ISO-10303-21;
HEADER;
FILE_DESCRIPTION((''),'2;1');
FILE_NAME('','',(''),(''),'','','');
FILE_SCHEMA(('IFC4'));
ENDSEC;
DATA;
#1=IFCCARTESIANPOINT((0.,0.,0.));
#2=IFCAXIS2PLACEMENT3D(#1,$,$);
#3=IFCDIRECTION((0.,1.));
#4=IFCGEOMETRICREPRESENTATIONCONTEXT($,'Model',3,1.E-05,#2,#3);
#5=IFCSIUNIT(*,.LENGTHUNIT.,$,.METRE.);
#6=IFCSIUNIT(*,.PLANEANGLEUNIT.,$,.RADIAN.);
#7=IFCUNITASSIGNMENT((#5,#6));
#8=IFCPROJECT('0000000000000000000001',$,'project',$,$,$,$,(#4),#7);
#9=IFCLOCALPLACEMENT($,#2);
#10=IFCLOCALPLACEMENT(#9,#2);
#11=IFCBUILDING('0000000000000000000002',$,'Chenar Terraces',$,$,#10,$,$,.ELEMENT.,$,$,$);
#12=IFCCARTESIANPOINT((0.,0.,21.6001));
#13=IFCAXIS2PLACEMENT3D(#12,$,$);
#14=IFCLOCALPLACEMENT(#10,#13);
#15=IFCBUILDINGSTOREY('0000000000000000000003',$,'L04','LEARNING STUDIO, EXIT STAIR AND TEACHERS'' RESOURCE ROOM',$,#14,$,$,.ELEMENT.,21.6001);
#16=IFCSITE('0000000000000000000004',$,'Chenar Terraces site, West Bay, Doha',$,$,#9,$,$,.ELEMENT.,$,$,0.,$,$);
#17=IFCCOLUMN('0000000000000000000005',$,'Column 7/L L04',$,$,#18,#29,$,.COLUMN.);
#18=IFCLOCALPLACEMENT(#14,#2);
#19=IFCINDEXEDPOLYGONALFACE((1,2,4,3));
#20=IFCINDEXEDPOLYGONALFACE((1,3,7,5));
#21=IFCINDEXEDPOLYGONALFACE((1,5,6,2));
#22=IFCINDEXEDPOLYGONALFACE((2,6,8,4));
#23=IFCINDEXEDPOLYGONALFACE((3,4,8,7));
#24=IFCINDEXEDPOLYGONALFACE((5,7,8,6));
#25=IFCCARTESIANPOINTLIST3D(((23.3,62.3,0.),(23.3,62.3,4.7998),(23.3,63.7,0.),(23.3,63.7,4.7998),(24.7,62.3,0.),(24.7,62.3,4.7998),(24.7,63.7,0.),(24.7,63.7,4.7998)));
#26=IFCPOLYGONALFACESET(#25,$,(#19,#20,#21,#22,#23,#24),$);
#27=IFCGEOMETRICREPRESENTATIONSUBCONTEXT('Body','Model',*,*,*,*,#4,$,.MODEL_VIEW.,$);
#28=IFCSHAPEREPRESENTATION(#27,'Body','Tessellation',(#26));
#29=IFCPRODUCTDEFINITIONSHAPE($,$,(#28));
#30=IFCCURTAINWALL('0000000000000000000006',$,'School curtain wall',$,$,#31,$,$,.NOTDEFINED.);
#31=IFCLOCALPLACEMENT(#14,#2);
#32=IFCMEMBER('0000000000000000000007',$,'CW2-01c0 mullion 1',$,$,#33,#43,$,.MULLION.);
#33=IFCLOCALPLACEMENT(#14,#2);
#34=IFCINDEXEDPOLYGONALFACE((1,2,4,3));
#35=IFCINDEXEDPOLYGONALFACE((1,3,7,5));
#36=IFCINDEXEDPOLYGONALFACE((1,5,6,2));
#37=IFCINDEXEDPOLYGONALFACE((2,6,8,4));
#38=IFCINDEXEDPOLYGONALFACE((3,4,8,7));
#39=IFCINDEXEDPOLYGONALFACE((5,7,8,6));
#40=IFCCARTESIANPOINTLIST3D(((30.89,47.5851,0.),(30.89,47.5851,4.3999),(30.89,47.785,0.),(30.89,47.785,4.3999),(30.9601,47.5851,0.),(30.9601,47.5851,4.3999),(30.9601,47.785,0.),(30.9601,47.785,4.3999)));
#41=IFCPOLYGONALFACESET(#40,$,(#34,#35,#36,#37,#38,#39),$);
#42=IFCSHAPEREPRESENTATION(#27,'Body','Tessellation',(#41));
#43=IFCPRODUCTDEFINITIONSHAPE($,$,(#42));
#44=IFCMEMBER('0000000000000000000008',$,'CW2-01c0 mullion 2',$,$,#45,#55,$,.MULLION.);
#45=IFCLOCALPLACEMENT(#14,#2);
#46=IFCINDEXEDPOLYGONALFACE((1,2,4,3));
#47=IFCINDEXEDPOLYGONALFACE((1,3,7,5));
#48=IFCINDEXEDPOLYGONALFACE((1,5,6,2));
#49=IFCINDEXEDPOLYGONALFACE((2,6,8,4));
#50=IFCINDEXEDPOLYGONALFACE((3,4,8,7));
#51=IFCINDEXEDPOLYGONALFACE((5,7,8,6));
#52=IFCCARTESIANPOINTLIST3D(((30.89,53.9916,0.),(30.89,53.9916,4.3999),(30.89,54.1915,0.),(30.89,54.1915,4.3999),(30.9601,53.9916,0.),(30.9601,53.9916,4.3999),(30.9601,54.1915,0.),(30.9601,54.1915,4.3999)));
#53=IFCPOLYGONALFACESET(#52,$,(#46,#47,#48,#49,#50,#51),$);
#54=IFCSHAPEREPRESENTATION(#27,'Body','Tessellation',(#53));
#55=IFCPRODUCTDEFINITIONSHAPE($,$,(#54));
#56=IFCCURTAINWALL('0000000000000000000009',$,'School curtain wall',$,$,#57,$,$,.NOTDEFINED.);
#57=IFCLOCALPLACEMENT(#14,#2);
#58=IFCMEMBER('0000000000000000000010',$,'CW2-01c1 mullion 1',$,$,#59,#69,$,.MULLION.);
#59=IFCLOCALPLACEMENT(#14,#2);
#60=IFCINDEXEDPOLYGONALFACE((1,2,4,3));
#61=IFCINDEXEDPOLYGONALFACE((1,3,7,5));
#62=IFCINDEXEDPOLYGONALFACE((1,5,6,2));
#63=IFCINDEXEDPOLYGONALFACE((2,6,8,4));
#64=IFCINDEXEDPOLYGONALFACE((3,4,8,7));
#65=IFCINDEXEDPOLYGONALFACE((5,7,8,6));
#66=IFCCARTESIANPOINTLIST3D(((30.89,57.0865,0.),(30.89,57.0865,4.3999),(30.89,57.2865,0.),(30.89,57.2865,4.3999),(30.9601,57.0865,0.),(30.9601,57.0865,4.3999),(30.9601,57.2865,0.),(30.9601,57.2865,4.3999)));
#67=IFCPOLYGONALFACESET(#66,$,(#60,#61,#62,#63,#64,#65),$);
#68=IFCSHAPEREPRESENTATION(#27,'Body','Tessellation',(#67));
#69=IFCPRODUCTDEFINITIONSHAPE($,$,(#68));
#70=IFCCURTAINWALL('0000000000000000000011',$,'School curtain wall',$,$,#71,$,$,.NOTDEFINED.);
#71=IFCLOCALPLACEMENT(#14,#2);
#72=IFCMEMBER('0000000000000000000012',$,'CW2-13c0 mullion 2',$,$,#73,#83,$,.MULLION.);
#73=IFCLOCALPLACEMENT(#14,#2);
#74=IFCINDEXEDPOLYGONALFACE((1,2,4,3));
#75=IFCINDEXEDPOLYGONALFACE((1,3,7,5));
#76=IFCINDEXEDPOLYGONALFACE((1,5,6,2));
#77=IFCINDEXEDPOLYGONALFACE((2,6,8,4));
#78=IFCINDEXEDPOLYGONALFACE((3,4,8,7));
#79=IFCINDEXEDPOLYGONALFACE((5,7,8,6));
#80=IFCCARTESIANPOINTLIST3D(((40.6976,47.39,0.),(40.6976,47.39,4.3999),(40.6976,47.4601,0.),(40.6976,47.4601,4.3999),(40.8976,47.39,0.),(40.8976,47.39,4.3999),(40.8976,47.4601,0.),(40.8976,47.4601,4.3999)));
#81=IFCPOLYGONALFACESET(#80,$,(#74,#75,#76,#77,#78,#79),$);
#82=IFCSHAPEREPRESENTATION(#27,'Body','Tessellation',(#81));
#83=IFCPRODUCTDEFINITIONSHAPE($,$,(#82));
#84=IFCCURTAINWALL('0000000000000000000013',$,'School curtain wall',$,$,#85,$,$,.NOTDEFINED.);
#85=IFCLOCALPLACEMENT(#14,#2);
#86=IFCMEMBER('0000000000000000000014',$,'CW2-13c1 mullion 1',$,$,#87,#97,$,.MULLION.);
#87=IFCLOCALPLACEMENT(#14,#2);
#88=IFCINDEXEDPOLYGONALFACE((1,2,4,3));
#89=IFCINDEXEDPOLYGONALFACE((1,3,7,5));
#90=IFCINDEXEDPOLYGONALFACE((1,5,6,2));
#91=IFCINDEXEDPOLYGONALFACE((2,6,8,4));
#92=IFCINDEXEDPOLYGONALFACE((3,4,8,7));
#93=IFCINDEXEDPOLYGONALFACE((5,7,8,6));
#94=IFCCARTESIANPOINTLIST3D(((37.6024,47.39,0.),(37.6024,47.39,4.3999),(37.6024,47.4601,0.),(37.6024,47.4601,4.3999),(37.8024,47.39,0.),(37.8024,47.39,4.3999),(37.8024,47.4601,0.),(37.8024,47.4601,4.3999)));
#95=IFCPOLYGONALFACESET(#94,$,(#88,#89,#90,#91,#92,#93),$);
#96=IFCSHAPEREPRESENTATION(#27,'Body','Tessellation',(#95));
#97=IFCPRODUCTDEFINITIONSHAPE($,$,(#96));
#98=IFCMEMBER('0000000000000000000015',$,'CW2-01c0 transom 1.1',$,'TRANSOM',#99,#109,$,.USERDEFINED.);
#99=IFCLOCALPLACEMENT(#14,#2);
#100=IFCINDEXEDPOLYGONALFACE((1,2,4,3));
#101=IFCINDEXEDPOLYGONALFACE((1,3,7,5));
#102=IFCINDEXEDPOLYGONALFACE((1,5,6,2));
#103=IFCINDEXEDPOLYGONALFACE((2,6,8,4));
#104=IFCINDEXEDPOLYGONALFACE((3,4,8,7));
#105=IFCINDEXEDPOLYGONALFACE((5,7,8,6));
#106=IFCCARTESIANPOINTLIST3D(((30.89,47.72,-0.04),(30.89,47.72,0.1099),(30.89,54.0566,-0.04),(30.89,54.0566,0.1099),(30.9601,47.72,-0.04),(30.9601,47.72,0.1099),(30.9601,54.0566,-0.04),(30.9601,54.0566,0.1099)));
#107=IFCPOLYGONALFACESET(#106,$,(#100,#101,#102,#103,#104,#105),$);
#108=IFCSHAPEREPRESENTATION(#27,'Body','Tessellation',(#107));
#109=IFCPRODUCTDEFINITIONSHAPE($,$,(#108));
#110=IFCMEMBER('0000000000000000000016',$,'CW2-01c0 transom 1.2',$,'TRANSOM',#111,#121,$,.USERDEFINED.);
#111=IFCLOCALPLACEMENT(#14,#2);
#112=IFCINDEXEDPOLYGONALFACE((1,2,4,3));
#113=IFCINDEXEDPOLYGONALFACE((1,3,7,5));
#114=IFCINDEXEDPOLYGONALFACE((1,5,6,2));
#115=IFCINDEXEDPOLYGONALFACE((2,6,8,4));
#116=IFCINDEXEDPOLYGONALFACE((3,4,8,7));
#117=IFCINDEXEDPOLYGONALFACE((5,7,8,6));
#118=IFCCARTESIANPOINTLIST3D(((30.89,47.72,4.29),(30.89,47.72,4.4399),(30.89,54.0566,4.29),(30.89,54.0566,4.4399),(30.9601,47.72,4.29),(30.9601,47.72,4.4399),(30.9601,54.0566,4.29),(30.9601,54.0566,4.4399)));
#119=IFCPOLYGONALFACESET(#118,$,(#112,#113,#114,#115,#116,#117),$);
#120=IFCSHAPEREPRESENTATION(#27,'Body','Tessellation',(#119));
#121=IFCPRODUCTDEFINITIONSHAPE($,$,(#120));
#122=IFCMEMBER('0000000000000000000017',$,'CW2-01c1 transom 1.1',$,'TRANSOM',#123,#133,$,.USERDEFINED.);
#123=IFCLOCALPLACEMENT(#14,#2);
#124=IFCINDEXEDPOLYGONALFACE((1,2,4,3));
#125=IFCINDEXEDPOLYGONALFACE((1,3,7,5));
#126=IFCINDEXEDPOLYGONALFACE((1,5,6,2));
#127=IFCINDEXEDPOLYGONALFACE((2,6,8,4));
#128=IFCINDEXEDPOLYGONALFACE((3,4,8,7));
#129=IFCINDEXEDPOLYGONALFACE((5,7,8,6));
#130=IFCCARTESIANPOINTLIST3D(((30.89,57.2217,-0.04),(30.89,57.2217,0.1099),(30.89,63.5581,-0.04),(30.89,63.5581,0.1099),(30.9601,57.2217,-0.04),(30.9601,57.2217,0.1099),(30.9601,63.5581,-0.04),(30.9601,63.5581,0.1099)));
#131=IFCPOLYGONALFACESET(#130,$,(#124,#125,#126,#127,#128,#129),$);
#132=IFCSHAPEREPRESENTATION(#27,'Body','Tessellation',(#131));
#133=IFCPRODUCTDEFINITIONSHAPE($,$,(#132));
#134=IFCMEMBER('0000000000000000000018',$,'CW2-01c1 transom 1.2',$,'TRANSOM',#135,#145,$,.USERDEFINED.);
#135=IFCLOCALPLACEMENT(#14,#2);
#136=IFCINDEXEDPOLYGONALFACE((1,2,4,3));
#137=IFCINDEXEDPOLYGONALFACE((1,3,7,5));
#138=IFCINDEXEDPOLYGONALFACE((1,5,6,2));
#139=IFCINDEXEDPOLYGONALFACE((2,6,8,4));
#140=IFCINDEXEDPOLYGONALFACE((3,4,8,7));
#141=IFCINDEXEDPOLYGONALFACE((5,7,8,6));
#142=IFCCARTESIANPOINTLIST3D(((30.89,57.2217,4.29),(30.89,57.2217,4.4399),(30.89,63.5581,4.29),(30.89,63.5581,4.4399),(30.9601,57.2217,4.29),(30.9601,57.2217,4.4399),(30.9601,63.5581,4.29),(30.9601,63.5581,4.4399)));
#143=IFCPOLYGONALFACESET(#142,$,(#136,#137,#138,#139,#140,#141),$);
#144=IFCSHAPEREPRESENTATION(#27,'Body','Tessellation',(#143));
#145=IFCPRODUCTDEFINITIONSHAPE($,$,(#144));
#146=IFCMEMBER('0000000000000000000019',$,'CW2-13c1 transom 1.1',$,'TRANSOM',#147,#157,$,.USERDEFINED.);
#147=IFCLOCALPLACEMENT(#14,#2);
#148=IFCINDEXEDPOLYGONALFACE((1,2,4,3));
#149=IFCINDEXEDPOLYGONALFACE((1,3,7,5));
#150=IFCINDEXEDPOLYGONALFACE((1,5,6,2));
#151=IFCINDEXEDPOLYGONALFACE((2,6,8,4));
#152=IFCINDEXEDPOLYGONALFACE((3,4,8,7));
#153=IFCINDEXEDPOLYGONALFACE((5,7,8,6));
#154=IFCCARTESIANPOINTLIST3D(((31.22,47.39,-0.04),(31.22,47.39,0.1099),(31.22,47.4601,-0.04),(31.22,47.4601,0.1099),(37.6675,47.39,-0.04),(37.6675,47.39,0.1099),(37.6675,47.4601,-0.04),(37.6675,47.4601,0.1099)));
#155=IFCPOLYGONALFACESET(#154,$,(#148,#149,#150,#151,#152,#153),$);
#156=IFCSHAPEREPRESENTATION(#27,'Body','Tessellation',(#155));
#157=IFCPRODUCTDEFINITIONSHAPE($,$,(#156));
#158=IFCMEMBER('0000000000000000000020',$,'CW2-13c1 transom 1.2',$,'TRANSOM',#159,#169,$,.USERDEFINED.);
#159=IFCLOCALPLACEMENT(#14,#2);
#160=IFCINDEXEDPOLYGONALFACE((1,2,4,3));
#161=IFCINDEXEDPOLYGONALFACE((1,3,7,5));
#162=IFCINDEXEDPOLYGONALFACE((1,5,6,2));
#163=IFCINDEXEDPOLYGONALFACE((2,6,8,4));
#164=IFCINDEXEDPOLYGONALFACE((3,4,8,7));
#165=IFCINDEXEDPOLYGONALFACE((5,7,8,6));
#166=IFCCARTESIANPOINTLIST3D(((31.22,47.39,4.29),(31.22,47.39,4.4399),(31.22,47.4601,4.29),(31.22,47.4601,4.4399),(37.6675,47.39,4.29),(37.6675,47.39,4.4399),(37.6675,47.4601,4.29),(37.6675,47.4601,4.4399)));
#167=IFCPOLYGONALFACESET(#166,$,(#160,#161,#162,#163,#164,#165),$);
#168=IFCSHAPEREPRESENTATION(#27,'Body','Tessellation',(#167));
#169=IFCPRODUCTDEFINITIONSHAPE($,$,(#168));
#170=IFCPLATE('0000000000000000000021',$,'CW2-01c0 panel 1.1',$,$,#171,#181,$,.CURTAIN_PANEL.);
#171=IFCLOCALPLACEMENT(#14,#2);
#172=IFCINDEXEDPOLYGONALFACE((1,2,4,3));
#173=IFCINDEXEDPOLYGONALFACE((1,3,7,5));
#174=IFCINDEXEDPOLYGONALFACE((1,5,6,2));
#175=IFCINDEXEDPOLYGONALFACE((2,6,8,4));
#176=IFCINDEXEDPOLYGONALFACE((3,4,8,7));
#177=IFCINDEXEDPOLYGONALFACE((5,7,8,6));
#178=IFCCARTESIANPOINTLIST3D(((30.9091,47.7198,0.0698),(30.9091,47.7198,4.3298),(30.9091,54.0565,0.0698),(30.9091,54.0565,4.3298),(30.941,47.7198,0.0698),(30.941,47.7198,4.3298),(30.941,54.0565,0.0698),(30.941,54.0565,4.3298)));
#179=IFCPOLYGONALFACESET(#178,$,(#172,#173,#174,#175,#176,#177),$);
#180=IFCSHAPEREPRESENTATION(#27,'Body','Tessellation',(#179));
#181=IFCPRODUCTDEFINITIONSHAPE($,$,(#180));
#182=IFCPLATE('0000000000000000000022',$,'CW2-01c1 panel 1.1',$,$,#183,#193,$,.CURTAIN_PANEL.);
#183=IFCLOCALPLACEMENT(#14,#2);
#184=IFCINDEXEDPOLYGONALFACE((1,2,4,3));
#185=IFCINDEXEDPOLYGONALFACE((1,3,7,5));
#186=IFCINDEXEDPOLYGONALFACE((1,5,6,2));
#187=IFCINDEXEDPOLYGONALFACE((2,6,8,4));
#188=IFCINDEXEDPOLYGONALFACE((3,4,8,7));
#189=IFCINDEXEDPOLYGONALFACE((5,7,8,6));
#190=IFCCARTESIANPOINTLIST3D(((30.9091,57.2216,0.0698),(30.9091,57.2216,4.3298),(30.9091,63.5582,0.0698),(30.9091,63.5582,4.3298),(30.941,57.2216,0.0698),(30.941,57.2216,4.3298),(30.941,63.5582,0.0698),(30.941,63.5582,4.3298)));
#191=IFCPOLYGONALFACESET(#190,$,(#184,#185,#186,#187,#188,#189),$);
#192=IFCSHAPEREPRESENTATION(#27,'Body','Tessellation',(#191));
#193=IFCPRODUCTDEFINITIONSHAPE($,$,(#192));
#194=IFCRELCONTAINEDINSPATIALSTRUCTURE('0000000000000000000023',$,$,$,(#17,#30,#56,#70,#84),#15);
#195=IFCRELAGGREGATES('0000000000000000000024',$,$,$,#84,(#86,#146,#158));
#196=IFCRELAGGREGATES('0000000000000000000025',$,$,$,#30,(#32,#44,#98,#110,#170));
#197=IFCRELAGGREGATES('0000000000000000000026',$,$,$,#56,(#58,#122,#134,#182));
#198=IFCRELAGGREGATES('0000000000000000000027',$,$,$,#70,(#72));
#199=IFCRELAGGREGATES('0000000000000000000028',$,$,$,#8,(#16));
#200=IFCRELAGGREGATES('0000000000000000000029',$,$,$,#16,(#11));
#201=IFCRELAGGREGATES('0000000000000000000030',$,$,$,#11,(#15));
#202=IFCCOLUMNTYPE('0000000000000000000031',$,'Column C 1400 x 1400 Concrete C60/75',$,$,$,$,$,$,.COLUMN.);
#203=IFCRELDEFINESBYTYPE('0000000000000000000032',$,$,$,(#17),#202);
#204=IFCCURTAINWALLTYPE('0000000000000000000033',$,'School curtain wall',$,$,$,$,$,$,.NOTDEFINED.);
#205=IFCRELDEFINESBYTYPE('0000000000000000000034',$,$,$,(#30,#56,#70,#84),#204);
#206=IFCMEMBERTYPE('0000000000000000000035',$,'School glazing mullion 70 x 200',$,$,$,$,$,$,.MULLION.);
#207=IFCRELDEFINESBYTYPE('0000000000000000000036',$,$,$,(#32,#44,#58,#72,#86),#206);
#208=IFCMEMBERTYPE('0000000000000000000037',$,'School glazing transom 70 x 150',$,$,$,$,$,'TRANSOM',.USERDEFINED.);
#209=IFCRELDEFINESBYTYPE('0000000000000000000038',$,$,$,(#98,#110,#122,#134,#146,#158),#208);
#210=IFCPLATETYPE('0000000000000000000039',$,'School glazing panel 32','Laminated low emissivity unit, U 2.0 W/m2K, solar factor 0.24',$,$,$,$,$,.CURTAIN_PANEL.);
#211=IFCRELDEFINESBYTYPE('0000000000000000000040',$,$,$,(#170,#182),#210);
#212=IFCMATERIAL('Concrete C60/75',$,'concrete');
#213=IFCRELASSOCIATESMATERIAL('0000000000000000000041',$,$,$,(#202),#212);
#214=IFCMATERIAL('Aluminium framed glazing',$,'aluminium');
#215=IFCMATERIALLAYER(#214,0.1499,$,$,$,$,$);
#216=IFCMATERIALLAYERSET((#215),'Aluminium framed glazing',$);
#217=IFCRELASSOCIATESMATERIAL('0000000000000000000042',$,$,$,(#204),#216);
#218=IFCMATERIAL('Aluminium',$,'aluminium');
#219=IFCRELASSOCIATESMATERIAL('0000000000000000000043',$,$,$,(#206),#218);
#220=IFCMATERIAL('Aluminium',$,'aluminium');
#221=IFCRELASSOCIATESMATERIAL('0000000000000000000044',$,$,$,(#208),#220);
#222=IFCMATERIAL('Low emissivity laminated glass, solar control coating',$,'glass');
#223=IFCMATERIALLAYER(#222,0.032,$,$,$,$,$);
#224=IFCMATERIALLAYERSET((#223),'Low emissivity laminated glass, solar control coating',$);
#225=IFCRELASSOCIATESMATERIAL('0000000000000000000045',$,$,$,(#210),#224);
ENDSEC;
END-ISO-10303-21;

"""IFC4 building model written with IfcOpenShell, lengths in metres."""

from ifc_helpers import new_model, si_unit, direction, frame, origin, origin_2d, place, context, subcontext, project, spatial, rectangle, extrude, material, layer, layer_set, material_profile, profile_set, type_object, element, aggregate, save


model = new_model("IFC4")

# Units and contexts
model_context = context("Model", 3, precision=1e-05, world=origin(), true_north=direction((0.0, 1.0)))
body_context = subcontext(model_context, "Body", "Model", "MODEL_VIEW")
ifc_project = project(units=[si_unit("LENGTHUNIT", "METRE"), si_unit("PLANEANGLEUNIT", "RADIAN")], contexts=[model_context])

# Site, building, storey
site_placement = place(None, origin())
site = spatial("IfcSite", under=ifc_project, at=site_placement, Name="Chenar Terraces site, West Bay, Doha", CompositionType="ELEMENT", RefElevation=0.0)
building_placement = place(site_placement, origin())
building = spatial("IfcBuilding", under=site, at=building_placement, Name="Chenar Terraces", CompositionType="ELEMENT")
storey_placement = place(building_placement, frame((0.0, 0.0, 21.6001)))
storey = spatial("IfcBuildingStorey", under=building, at=storey_placement, Name="L04", Description="LEARNING STUDIO, EXIT STAIR AND TEACHERS' RESOURCE ROOM", CompositionType="ELEMENT", Elevation=21.6001)

# Column
ifc_material_1 = material(Name="Concrete C60/75", Category="concrete")
ifc_material_profile_1 = material_profile(ifc_material_1, rectangle(XDim=1.3999, YDim=1.3999, at=origin_2d()), Name="C 1400 x 1400")
ifc_profile_set_1 = profile_set([ifc_material_profile_1], Name="Concrete C60/75")
column_type = type_object("IfcColumnType", Name="Column C 1400 x 1400 Concrete C60/75", PredefinedType="COLUMN", material=ifc_profile_set_1)
column_placement = place(storey_placement, frame((24.0, 63.0, 0.0), z_axis=(0.0, 0.0, 1.0), x_axis=(1.0, 0.0, 0.0)))
element("IfcColumn", 1, at=column_placement, inside=storey, type_object=column_type, Name="Column 7/L L04", PredefinedType="COLUMN", context=body_context, shape_type="SweptSolid", body=[
    extrude(rectangle(XDim=1.3999, YDim=1.3999, at=origin_2d()), origin(), (0.0, 0.0, 1.0), 4.7998),
])

# Curtain wall, members
ifc_material_2 = material(Name="Aluminium framed glazing", Category="aluminium")
ifc_layer_1 = layer(ifc_material_2, 0.1499)
ifc_layer_set_1 = layer_set([ifc_layer_1], Name="Aluminium framed glazing")
curtain_wall_type = type_object("IfcCurtainWallType", Name="School curtain wall", PredefinedType="NOTDEFINED", material=ifc_layer_set_1)
placement = place(storey_placement, origin())
curtain_wall_1 = element("IfcCurtainWall", 2, at=placement, inside=storey, type_object=curtain_wall_type, Name="School curtain wall", PredefinedType="NOTDEFINED")
ifc_material_3 = material(Name="Aluminium", Category="aluminium")
ifc_material_profile_2 = material_profile(ifc_material_3, rectangle(XDim=0.0701, YDim=0.2, at=origin_2d()), Name="School glazing mullion 70 x 200")
ifc_profile_set_2 = profile_set([ifc_material_profile_2], Name="Aluminium")
member_type_1 = type_object("IfcMemberType", Name="School glazing mullion 70 x 200", PredefinedType="MULLION", material=ifc_profile_set_2)
member_1_placement = place(storey_placement, frame((30.925, 47.6851, 0.0), z_axis=(0.0, 0.0, 1.0), x_axis=(-1.0, 0.0, 0.0)))
member_1 = element("IfcMember", 3, at=member_1_placement, type_object=member_type_1, Name="CW2-01c0 mullion 1", PredefinedType="MULLION", context=body_context, shape_type="SweptSolid", body=[
    extrude(rectangle(XDim=0.0701, YDim=0.2, at=origin_2d()), origin(), (0.0, 0.0, 1.0), 4.3999),
])
member_2_placement = place(storey_placement, frame((30.925, 54.0916, 0.0), z_axis=(0.0, 0.0, 1.0), x_axis=(-1.0, 0.0, 0.0)))
member_2 = element("IfcMember", 4, at=member_2_placement, type_object=member_type_1, Name="CW2-01c0 mullion 2", PredefinedType="MULLION", context=body_context, shape_type="SweptSolid", body=[
    extrude(rectangle(XDim=0.0701, YDim=0.2, at=origin_2d()), origin(), (0.0, 0.0, 1.0), 4.3999),
])

# Curtain walls, members
curtain_wall_2 = element("IfcCurtainWall", 5, at=placement, inside=storey, type_object=curtain_wall_type, Name="School curtain wall", PredefinedType="NOTDEFINED")
member_3_placement = place(storey_placement, frame((30.925, 57.1865, 0.0), z_axis=(0.0, 0.0, 1.0), x_axis=(-1.0, 0.0, 0.0)))
member_3 = element("IfcMember", 6, at=member_3_placement, type_object=member_type_1, Name="CW2-01c1 mullion 1", PredefinedType="MULLION", context=body_context, shape_type="SweptSolid", body=[
    extrude(rectangle(XDim=0.0701, YDim=0.2, at=origin_2d()), origin(), (0.0, 0.0, 1.0), 4.3999),
])
curtain_wall_3 = element("IfcCurtainWall", 7, at=placement, inside=storey, type_object=curtain_wall_type, Name="School curtain wall", PredefinedType="NOTDEFINED")
member_4_placement = place(storey_placement, frame((40.7976, 47.425, 0.0), z_axis=(0.0, 0.0, 1.0), x_axis=(0.0, -1.0, 0.0)))
member_4 = element("IfcMember", 8, at=member_4_placement, type_object=member_type_1, Name="CW2-13c0 mullion 2", PredefinedType="MULLION", context=body_context, shape_type="SweptSolid", body=[
    extrude(rectangle(XDim=0.0701, YDim=0.2, at=origin_2d()), origin(), (0.0, 0.0, 1.0), 4.3999),
])
curtain_wall_4 = element("IfcCurtainWall", 9, at=placement, inside=storey, type_object=curtain_wall_type, Name="School curtain wall", PredefinedType="NOTDEFINED")
member_5_placement = place(storey_placement, frame((37.7024, 47.425, 0.0), z_axis=(0.0, 0.0, 1.0), x_axis=(0.0, -1.0, 0.0)))
member_5 = element("IfcMember", 10, at=member_5_placement, type_object=member_type_1, Name="CW2-13c1 mullion 1", PredefinedType="MULLION", context=body_context, shape_type="SweptSolid", body=[
    extrude(rectangle(XDim=0.0701, YDim=0.2, at=origin_2d()), origin(), (0.0, 0.0, 1.0), 4.3999),
])

# Members
ifc_material_4 = material(Name="Aluminium", Category="aluminium")
ifc_material_profile_3 = material_profile(ifc_material_4, rectangle(XDim=0.0701, YDim=0.1499, at=origin_2d()), Name="School glazing transom 70 x 150")
ifc_profile_set_3 = profile_set([ifc_material_profile_3], Name="Aluminium")
member_type_2 = type_object("IfcMemberType", Name="School glazing transom 70 x 150", ElementType="TRANSOM", PredefinedType="USERDEFINED", material=ifc_profile_set_3)
member_6_placement = place(storey_placement, frame((30.925, 47.72, 0.0349), z_axis=(0.0, 1.0, 0.0), x_axis=(-1.0, 0.0, 0.0)))
member_6 = element("IfcMember", 11, at=member_6_placement, type_object=member_type_2, Name="CW2-01c0 transom 1.1", ObjectType="TRANSOM", PredefinedType="USERDEFINED", context=body_context, shape_type="SweptSolid", body=[
    extrude(rectangle(XDim=0.0701, YDim=0.1499, at=origin_2d()), origin(), (0.0, 0.0, 1.0), 6.3367),
])
member_7_placement = place(storey_placement, frame((30.925, 47.72, 4.365), z_axis=(0.0, 1.0, 0.0), x_axis=(-1.0, 0.0, 0.0)))
member_7 = element("IfcMember", 12, at=member_7_placement, type_object=member_type_2, Name="CW2-01c0 transom 1.2", ObjectType="TRANSOM", PredefinedType="USERDEFINED", context=body_context, shape_type="SweptSolid", body=[
    extrude(rectangle(XDim=0.0701, YDim=0.1499, at=origin_2d()), origin(), (0.0, 0.0, 1.0), 6.3367),
])
member_8_placement = place(storey_placement, frame((30.925, 57.2217, 0.0349), z_axis=(0.0, 1.0, 0.0), x_axis=(-1.0, 0.0, 0.0)))
member_8 = element("IfcMember", 13, at=member_8_placement, type_object=member_type_2, Name="CW2-01c1 transom 1.1", ObjectType="TRANSOM", PredefinedType="USERDEFINED", context=body_context, shape_type="SweptSolid", body=[
    extrude(rectangle(XDim=0.0701, YDim=0.1499, at=origin_2d()), origin(), (0.0, 0.0, 1.0), 6.3364),
])
member_9_placement = place(storey_placement, frame((30.925, 57.2217, 4.365), z_axis=(0.0, 1.0, 0.0), x_axis=(-1.0, 0.0, 0.0)))
member_9 = element("IfcMember", 14, at=member_9_placement, type_object=member_type_2, Name="CW2-01c1 transom 1.2", ObjectType="TRANSOM", PredefinedType="USERDEFINED", context=body_context, shape_type="SweptSolid", body=[
    extrude(rectangle(XDim=0.0701, YDim=0.1499, at=origin_2d()), origin(), (0.0, 0.0, 1.0), 6.3364),
])
member_10_placement = place(storey_placement, frame((37.6675, 47.425, 0.0349), z_axis=(-1.0, 0.0, 0.0), x_axis=(0.0, -1.0, 0.0)))
member_10 = element("IfcMember", 15, at=member_10_placement, type_object=member_type_2, Name="CW2-13c1 transom 1.1", ObjectType="TRANSOM", PredefinedType="USERDEFINED", context=body_context, shape_type="SweptSolid", body=[
    extrude(rectangle(XDim=0.0701, YDim=0.1499, at=origin_2d()), origin(), (0.0, 0.0, 1.0), 6.4475),
])
member_11_placement = place(storey_placement, frame((37.6675, 47.425, 4.365), z_axis=(-1.0, 0.0, 0.0), x_axis=(0.0, -1.0, 0.0)))
member_11 = element("IfcMember", 16, at=member_11_placement, type_object=member_type_2, Name="CW2-13c1 transom 1.2", ObjectType="TRANSOM", PredefinedType="USERDEFINED", context=body_context, shape_type="SweptSolid", body=[
    extrude(rectangle(XDim=0.0701, YDim=0.1499, at=origin_2d()), origin(), (0.0, 0.0, 1.0), 6.4475),
])
aggregate(curtain_wall_4, [member_5, member_10, member_11])

# Plates
ifc_material_5 = material(Name="Low emissivity laminated glass, solar control coating", Category="glass")
ifc_layer_2 = layer(ifc_material_5, 0.032)
ifc_layer_set_2 = layer_set([ifc_layer_2], Name="Low emissivity laminated glass, solar control coating")
plate_type = type_object("IfcPlateType", Name="School glazing panel 32", Description="Laminated low emissivity unit, U 2.0 W/m2K, solar factor 0.24", PredefinedType="CURTAIN_PANEL", material=ifc_layer_set_2)
plate_1_placement = place(storey_placement, frame((30.925, 50.8882, 0.0698), z_axis=(0.0, 0.0, 1.0), x_axis=(0.0, 1.0, 0.0)))
plate_1 = element("IfcPlate", 17, at=plate_1_placement, type_object=plate_type, Name="CW2-01c0 panel 1.1", PredefinedType="CURTAIN_PANEL", context=body_context, shape_type="SweptSolid", body=[
    extrude(rectangle(XDim=6.3367, YDim=0.032, at=origin_2d()), origin(), (0.0, 0.0, 1.0), 4.26),
])
aggregate(curtain_wall_1, [member_1, member_2, member_6, member_7, plate_1])
plate_2_placement = place(storey_placement, frame((30.925, 60.3899, 0.0698), z_axis=(0.0, 0.0, 1.0), x_axis=(0.0, 1.0, 0.0)))
plate_2 = element("IfcPlate", 18, at=plate_2_placement, type_object=plate_type, Name="CW2-01c1 panel 1.1", PredefinedType="CURTAIN_PANEL", context=body_context, shape_type="SweptSolid", body=[
    extrude(rectangle(XDim=6.3367, YDim=0.032, at=origin_2d()), origin(), (0.0, 0.0, 1.0), 4.26),
])
aggregate(curtain_wall_2, [member_3, member_8, member_9, plate_2])
aggregate(curtain_wall_3, [member_4])

save(model, "model.ifc")
